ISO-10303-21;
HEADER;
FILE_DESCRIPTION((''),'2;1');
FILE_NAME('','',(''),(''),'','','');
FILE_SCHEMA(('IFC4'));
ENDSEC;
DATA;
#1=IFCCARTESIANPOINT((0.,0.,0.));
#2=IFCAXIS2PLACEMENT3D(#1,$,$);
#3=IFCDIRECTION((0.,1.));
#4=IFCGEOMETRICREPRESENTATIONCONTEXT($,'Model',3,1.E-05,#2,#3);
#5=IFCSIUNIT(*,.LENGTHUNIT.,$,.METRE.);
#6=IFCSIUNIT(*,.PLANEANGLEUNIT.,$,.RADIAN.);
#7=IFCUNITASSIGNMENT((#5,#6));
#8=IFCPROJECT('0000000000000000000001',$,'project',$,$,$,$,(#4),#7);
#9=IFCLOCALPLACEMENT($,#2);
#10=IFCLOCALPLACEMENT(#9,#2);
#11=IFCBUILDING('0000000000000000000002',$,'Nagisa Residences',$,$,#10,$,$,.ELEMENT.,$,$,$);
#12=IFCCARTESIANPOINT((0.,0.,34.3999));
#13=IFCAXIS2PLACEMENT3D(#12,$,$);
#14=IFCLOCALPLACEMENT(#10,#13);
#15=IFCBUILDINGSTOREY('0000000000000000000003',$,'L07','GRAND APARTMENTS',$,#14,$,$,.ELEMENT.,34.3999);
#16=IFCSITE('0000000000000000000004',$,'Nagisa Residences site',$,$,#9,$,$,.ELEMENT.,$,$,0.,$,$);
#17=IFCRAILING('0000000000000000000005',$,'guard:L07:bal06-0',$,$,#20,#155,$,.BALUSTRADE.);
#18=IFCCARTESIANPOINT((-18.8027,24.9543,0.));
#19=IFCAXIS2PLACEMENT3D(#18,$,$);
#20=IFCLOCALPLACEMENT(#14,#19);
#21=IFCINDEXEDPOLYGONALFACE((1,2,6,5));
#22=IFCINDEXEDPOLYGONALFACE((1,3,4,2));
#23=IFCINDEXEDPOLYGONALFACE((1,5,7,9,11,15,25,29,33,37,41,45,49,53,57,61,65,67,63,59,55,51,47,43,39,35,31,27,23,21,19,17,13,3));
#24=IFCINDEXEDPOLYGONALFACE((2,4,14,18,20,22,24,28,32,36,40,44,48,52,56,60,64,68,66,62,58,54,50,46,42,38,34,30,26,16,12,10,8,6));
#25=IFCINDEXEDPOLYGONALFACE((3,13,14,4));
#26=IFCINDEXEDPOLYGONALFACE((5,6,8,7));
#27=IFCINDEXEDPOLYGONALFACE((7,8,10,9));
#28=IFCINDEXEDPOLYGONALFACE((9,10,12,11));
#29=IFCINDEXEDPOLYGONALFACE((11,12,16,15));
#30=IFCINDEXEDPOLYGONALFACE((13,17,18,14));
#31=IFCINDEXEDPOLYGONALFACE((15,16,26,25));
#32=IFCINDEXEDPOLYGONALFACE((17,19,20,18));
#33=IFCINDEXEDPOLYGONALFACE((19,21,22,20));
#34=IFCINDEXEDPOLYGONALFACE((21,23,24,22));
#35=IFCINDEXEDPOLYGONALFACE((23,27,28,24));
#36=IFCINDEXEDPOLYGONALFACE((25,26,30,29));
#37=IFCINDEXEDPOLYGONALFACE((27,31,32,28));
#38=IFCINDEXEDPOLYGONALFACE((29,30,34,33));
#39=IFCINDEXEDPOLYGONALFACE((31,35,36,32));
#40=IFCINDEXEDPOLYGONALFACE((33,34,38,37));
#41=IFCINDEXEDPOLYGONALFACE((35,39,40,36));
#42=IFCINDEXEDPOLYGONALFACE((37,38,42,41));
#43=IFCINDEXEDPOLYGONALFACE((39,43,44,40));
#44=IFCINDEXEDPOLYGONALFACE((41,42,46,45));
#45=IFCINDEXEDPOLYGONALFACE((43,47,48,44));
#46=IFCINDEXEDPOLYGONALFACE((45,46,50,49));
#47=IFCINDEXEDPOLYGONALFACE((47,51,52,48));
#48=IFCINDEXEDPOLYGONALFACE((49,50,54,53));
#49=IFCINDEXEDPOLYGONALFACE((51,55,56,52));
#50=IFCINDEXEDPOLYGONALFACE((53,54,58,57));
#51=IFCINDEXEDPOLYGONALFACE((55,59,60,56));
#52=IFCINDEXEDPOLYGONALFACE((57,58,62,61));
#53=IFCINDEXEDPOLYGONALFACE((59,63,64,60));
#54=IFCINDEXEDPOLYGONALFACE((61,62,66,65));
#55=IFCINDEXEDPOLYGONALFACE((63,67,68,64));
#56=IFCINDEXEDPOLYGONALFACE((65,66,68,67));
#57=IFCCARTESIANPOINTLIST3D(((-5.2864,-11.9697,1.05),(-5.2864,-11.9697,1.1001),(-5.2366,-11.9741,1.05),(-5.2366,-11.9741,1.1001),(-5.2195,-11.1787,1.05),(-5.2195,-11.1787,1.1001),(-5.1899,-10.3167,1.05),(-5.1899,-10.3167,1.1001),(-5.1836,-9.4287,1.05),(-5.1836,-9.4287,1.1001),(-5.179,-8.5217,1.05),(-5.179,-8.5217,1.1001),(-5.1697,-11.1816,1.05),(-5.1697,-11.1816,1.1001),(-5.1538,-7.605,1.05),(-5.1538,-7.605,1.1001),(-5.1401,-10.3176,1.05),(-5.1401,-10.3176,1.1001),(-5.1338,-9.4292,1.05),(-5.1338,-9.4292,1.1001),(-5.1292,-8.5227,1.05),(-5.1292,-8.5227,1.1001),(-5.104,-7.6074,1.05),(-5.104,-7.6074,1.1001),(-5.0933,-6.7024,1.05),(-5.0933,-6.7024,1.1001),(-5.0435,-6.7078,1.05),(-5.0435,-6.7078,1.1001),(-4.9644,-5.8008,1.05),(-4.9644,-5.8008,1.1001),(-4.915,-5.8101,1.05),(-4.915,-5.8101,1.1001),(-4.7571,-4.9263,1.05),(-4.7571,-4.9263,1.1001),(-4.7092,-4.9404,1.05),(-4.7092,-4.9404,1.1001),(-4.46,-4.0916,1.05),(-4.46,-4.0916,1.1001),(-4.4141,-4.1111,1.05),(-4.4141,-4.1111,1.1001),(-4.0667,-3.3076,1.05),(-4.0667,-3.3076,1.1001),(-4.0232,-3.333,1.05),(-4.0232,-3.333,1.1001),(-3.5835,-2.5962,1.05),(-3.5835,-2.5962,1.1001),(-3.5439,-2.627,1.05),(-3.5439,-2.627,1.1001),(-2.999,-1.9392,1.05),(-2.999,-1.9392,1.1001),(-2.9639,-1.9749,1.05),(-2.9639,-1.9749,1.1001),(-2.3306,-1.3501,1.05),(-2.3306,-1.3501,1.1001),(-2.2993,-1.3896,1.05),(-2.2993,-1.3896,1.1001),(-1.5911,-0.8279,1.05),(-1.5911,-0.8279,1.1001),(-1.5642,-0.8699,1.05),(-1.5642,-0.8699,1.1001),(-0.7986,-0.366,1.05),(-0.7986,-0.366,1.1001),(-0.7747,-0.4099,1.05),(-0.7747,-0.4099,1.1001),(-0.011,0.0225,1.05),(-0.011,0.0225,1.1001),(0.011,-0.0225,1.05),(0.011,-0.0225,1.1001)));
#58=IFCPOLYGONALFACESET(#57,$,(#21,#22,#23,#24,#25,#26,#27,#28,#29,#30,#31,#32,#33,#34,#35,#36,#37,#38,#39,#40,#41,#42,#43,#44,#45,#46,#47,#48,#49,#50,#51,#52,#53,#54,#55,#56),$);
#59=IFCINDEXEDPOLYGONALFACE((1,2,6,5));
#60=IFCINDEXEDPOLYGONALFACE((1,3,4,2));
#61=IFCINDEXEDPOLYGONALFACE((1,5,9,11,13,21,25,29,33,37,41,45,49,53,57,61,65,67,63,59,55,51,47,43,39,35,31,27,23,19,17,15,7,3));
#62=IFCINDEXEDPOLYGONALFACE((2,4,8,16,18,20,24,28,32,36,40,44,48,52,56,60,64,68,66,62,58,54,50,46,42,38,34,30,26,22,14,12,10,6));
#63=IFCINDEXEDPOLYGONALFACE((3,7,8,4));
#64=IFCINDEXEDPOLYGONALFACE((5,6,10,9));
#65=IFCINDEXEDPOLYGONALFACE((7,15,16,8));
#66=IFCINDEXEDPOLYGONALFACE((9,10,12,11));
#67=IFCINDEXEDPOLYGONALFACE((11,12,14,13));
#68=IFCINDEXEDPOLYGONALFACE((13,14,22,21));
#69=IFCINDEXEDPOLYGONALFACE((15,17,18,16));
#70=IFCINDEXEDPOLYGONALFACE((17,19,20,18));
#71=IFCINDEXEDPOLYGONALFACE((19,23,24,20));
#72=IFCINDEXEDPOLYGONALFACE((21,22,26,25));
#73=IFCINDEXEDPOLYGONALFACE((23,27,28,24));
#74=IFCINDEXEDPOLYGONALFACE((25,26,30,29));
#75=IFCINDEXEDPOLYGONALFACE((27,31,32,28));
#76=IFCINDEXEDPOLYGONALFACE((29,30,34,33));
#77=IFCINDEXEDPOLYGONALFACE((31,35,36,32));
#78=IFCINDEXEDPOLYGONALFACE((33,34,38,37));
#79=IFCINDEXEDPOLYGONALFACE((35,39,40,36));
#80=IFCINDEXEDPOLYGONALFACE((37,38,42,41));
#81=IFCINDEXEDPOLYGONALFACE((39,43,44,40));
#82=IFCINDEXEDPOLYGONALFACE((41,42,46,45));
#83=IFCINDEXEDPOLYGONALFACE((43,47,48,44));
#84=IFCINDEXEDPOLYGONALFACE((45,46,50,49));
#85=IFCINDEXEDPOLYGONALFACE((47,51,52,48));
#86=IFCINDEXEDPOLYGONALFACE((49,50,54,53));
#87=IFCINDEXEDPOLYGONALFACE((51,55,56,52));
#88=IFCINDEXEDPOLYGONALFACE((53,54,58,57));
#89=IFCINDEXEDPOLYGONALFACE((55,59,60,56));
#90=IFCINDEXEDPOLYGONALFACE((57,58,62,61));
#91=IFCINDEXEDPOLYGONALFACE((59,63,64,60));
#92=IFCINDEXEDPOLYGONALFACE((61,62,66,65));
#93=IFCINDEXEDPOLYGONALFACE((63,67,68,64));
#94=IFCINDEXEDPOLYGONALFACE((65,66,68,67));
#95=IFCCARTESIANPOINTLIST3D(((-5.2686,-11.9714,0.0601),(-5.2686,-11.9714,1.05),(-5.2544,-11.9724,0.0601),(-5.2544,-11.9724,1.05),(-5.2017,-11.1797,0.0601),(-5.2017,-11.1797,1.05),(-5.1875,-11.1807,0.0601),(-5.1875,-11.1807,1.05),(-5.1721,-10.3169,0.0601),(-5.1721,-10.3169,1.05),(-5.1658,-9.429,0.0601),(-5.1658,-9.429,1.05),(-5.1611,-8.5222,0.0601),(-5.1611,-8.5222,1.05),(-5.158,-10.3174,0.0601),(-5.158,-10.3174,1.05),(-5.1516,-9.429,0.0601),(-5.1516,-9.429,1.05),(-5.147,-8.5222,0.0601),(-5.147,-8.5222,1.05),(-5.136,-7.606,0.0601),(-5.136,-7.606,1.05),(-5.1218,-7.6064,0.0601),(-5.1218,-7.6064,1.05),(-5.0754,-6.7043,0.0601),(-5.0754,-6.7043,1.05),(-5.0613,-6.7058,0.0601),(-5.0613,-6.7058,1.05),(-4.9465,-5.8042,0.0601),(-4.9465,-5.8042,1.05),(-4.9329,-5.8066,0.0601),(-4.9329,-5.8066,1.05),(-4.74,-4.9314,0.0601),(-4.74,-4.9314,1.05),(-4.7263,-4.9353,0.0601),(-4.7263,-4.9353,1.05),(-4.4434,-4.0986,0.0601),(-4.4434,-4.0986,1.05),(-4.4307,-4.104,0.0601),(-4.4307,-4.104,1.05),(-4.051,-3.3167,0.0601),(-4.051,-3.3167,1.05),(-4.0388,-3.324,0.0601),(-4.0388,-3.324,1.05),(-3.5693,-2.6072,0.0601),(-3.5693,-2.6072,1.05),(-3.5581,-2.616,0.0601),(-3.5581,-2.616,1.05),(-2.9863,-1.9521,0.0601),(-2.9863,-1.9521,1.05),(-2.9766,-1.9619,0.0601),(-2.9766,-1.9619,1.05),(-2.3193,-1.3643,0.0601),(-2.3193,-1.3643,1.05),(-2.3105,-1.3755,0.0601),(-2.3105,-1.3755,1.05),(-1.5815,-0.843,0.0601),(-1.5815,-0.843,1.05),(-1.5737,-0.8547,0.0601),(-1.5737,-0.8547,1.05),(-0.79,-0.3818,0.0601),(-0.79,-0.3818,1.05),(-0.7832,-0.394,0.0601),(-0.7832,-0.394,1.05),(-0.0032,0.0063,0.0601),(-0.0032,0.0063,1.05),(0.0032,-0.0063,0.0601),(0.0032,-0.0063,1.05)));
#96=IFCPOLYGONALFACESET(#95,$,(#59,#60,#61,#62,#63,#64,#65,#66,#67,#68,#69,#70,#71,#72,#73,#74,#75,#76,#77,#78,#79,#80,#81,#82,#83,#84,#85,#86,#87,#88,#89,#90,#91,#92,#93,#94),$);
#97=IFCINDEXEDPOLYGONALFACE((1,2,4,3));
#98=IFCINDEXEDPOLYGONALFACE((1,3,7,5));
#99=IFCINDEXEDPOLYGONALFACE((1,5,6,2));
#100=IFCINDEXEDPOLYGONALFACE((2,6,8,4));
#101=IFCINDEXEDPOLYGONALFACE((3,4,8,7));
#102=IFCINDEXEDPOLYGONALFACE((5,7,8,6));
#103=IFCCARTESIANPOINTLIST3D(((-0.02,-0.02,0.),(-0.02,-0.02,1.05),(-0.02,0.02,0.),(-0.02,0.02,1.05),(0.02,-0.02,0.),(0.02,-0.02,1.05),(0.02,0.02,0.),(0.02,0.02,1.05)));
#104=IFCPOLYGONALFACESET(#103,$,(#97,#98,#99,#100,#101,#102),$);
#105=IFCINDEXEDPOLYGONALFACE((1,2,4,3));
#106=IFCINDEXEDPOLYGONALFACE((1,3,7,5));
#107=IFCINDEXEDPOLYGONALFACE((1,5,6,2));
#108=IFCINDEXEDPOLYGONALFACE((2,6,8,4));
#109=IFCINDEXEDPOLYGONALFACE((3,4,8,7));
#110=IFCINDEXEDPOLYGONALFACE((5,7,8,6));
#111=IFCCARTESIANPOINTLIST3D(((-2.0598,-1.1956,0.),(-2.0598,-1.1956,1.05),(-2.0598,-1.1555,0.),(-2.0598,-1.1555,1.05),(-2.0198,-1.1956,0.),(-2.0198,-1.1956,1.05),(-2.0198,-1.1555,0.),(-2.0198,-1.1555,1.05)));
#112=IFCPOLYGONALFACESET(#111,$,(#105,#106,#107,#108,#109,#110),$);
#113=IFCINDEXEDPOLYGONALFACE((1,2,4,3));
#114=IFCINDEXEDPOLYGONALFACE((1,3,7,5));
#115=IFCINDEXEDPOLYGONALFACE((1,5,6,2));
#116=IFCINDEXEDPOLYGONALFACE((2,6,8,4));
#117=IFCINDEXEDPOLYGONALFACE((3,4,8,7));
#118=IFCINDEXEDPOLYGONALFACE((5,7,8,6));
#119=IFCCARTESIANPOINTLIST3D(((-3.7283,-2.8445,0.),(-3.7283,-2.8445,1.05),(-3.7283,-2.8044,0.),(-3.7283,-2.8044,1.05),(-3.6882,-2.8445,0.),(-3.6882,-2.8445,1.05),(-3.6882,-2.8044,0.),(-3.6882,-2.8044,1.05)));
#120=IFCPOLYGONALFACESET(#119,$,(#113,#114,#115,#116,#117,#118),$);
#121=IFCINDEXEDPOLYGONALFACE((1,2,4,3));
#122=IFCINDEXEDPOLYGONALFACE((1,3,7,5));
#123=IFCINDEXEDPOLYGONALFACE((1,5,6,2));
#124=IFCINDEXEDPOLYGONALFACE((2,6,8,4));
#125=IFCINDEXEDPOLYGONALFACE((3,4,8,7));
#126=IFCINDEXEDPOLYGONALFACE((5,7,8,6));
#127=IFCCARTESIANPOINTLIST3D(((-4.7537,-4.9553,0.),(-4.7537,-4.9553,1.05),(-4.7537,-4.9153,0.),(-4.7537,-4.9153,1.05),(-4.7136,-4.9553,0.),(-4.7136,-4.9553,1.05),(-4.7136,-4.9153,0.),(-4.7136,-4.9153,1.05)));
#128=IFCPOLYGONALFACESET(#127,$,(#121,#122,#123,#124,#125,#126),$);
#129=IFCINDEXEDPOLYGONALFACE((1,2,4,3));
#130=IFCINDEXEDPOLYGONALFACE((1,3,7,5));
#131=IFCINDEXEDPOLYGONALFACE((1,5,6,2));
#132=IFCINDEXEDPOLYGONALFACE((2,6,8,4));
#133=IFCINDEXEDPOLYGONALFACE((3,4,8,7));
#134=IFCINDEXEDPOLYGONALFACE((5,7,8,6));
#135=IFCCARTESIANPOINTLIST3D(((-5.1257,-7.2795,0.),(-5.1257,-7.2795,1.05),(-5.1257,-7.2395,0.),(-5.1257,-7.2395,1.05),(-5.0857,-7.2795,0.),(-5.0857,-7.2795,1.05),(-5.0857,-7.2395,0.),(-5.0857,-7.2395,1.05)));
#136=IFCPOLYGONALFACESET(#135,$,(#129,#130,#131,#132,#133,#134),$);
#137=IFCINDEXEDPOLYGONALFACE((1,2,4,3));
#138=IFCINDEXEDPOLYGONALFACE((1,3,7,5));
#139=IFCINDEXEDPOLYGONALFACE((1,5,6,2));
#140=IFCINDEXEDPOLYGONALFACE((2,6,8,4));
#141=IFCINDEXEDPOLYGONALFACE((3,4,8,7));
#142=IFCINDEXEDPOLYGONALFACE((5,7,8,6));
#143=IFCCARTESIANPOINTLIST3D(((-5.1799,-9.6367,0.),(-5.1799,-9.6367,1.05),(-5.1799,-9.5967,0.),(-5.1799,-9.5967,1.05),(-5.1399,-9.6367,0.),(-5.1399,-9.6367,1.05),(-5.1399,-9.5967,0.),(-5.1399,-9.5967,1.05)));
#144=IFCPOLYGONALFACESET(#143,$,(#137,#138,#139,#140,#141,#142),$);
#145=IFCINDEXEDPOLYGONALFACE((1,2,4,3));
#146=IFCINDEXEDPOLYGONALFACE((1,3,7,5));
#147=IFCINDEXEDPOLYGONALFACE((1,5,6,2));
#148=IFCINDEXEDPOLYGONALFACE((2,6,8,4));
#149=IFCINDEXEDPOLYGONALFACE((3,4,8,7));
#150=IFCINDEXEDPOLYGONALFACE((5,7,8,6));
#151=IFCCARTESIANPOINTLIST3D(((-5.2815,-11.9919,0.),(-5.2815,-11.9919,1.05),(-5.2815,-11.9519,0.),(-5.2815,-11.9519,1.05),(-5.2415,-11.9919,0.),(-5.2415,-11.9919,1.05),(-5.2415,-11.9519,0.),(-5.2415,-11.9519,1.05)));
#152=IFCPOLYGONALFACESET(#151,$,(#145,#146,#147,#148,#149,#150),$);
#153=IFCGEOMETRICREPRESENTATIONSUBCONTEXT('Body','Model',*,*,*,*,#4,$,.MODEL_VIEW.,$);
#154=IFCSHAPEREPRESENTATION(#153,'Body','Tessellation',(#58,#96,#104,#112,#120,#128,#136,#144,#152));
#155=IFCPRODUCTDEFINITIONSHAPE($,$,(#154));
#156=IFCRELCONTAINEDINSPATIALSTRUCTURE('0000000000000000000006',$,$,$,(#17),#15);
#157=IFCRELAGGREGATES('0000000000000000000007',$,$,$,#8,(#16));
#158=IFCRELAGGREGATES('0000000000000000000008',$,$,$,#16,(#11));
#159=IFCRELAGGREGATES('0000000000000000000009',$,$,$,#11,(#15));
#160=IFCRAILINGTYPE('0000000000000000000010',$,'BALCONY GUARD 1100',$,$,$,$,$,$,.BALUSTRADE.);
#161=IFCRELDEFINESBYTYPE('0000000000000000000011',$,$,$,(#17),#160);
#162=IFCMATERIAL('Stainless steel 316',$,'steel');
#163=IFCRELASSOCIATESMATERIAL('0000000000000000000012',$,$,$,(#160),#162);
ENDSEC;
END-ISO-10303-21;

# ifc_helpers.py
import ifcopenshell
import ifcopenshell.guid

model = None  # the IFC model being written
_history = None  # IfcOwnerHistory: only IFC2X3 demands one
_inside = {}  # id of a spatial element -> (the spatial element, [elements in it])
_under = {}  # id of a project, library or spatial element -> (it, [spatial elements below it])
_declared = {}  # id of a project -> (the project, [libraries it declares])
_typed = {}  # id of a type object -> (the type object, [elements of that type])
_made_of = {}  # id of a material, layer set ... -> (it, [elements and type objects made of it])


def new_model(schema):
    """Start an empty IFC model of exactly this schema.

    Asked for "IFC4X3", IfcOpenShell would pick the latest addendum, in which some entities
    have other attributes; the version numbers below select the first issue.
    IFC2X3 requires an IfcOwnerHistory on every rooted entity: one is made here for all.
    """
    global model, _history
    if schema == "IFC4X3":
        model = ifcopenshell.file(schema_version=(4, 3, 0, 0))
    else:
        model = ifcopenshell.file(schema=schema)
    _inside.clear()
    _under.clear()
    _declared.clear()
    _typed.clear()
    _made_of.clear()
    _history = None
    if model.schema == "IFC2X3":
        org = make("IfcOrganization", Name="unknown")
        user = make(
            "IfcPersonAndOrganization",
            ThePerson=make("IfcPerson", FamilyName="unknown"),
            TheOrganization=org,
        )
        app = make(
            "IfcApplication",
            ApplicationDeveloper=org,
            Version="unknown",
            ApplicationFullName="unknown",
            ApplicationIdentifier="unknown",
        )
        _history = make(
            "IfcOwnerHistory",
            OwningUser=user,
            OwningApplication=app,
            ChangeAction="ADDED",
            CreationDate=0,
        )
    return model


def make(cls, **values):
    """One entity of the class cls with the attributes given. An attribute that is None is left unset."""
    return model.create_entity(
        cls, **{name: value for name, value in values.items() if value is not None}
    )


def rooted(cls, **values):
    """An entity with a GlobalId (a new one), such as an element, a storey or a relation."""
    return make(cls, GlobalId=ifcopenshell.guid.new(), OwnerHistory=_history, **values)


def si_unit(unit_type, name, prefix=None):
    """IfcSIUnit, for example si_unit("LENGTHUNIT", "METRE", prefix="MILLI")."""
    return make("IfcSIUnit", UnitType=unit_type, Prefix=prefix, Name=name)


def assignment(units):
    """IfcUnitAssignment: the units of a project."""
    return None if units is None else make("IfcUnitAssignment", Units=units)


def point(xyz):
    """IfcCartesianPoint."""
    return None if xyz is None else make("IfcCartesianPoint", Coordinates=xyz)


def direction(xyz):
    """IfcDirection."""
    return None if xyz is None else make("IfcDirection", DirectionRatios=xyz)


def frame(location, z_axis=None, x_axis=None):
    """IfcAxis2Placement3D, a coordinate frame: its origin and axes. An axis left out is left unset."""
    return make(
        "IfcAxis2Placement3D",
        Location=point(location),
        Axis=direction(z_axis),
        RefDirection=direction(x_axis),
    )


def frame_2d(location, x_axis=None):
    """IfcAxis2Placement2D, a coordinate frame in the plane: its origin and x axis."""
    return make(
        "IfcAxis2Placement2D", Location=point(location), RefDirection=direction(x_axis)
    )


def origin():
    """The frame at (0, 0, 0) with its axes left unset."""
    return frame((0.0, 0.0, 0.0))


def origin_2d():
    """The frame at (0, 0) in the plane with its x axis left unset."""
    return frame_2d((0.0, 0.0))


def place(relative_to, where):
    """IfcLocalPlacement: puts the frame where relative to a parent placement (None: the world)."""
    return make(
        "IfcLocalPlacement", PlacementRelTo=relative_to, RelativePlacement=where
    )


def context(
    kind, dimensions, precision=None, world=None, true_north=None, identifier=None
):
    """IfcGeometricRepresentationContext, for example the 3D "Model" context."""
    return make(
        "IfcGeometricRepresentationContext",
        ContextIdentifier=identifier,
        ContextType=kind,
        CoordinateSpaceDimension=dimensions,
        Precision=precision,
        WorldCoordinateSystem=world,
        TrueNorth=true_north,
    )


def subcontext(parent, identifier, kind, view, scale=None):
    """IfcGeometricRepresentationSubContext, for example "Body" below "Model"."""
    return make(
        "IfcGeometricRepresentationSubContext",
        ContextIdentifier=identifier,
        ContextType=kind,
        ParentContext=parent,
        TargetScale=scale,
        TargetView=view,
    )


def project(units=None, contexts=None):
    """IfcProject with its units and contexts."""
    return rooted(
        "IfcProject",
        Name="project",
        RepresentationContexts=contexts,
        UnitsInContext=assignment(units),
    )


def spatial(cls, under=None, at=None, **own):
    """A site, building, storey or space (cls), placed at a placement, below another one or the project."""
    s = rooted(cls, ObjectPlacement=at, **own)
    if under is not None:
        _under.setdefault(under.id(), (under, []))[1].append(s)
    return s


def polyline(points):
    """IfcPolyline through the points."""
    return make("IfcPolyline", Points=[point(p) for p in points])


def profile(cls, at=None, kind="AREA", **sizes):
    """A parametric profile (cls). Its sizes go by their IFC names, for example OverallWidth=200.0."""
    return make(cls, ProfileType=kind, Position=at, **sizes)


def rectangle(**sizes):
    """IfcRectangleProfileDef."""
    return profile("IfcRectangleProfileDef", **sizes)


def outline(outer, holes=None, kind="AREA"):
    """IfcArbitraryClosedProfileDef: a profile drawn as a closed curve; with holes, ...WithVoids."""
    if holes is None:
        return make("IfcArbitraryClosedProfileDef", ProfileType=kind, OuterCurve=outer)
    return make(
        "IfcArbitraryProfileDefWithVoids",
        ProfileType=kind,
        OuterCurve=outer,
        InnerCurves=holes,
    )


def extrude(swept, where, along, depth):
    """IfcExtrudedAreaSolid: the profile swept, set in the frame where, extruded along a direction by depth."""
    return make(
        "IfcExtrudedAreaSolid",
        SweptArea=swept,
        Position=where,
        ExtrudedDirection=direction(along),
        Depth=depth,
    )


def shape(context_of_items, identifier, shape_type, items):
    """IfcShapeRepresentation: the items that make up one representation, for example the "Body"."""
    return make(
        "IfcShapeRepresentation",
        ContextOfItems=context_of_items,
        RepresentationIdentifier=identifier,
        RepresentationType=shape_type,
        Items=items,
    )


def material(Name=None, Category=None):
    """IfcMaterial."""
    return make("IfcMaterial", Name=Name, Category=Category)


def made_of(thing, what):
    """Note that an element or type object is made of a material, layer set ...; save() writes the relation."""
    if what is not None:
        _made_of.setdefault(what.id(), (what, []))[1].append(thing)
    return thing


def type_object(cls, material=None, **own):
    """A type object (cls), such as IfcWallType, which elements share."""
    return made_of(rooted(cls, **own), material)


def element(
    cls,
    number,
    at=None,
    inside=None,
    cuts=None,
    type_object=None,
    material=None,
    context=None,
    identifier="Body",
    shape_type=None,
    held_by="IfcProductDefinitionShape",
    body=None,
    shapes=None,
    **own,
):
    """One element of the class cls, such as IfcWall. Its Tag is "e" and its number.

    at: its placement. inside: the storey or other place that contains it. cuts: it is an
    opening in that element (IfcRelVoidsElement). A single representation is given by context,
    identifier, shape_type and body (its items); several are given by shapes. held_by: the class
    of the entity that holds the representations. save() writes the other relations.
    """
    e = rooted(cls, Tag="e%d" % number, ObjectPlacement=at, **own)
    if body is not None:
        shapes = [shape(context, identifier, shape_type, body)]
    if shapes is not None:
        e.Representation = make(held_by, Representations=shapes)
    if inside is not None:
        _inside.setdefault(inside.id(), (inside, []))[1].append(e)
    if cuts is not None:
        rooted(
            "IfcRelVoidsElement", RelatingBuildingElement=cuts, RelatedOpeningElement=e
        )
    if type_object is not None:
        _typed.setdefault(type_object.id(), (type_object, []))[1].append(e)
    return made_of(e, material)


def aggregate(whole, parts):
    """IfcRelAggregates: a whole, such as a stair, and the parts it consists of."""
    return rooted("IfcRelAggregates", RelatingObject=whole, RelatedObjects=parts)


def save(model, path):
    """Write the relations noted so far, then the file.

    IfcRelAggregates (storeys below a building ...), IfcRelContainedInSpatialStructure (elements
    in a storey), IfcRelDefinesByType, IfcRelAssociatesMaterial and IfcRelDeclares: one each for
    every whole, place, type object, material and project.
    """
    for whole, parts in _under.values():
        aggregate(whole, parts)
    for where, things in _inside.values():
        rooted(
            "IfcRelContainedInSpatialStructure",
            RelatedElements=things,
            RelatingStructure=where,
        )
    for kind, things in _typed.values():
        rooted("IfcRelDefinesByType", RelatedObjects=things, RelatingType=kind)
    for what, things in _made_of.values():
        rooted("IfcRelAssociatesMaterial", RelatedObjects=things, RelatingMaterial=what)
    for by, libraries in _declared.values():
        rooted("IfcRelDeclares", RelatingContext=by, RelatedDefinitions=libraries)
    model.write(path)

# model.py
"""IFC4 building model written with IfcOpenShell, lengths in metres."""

from ifc_helpers import new_model, si_unit, direction, frame, origin, origin_2d, place, context, subcontext, project, spatial, polyline, rectangle, outline, extrude, material, type_object, element, save


model = new_model("IFC4")

# Units and contexts
model_context = context("Model", 3, precision=1e-05, world=origin(), true_north=direction((0.0, 1.0)))
body_context = subcontext(model_context, "Body", "Model", "MODEL_VIEW")
ifc_project = project(units=[si_unit("LENGTHUNIT", "METRE"), si_unit("PLANEANGLEUNIT", "RADIAN")], contexts=[model_context])

# Site, building, storey
site_placement = place(None, origin())
site = spatial("IfcSite", under=ifc_project, at=site_placement, Name="Nagisa Residences site", CompositionType="ELEMENT", RefElevation=0.0)
building_placement = place(site_placement, origin())
building = spatial("IfcBuilding", under=site, at=building_placement, Name="Nagisa Residences", CompositionType="ELEMENT")
storey_placement = place(building_placement, frame((0.0, 0.0, 34.3999)))
storey = spatial("IfcBuildingStorey", under=building, at=storey_placement, Name="L07", Description="GRAND APARTMENTS", CompositionType="ELEMENT", Elevation=34.3999)

# Railing
ifc_material_1 = material(Name="Stainless steel 316", Category="steel")
railing_type = type_object("IfcRailingType", Name="BALCONY GUARD 1100", PredefinedType="BALUSTRADE", material=ifc_material_1)
railing_1_placement = place(storey_placement, frame((-18.8027, 24.9543, 0.0)))
element("IfcRailing", 1, at=railing_1_placement, inside=storey, type_object=railing_type, Name="guard:L07:bal06-0", PredefinedType="BALUSTRADE", context=body_context, shape_type="SweptSolid", body=[
    extrude(outline(polyline([(-0.7747, -0.4099), (0.011, -0.0225), (-0.011, 0.0225), (-0.7986, -0.366), (-1.5911, -0.8279), (-2.3306, -1.3501), (-2.999, -1.9392), (-3.5835, -2.5962), (-4.0667, -3.3076), (-4.46, -4.0916), (-4.7571, -4.9263), (-4.9644, -5.8008), (-5.0933, -6.7024), (-5.1538, -7.605), (-5.179, -8.5217), (-5.1836, -9.4287), (-5.1899, -10.3167), (-5.2195, -11.1787), (-5.2864, -11.9697), (-5.2366, -11.9741), (-5.1697, -11.1816), (-5.1401, -10.3176), (-5.1338, -9.4292), (-5.1292, -8.5227), (-5.104, -7.6074), (-5.0435, -6.7078), (-4.915, -5.8101), (-4.7092, -4.9404), (-4.4141, -4.1111), (-4.0232, -3.333), (-3.5439, -2.627), (-2.9639, -1.9749), (-2.2993, -1.3896), (-1.5642, -0.8699), (-0.7747, -0.4099)])), frame((0.0, 0.0, 1.05)), (0.0, 0.0, 1.0), 0.05),
    extrude(outline(polyline([(-0.7832, -0.394), (0.0032, -0.0063), (-0.0032, 0.0063), (-0.79, -0.3818), (-1.5815, -0.843), (-2.3193, -1.3643), (-2.9863, -1.9521), (-3.5693, -2.6072), (-4.051, -3.3167), (-4.4434, -4.0986), (-4.74, -4.9314), (-4.9465, -5.8042), (-5.0754, -6.7043), (-5.136, -7.606), (-5.1611, -8.5222), (-5.1658, -9.429), (-5.1721, -10.3169), (-5.2017, -11.1797), (-5.2686, -11.9714), (-5.2544, -11.9724), (-5.1875, -11.1807), (-5.158, -10.3174), (-5.1516, -9.429), (-5.147, -8.5222), (-5.1218, -7.6064), (-5.0613, -6.7058), (-4.9329, -5.8066), (-4.7263, -4.9353), (-4.4307, -4.104), (-4.0388, -3.324), (-3.5581, -2.616), (-2.9766, -1.9619), (-2.3105, -1.3755), (-1.5737, -0.8547), (-0.7832, -0.394)])), frame((0.0, 0.0, 0.0601)), (0.0, 0.0, 1.0), 0.99),
    extrude(rectangle(XDim=0.04, YDim=0.04, at=origin_2d()), origin(), (0.0, 0.0, 1.0), 1.05),
    extrude(rectangle(XDim=0.04, YDim=0.04, at=origin_2d()), frame((-2.0398, -1.1755, 0.0)), (0.0, 0.0, 1.0), 1.05),
    extrude(rectangle(XDim=0.04, YDim=0.04, at=origin_2d()), frame((-3.7083, -2.8245, 0.0)), (0.0, 0.0, 1.0), 1.05),
    extrude(rectangle(XDim=0.04, YDim=0.04, at=origin_2d()), frame((-4.7336, -4.9353, 0.0)), (0.0, 0.0, 1.0), 1.05),
    extrude(rectangle(XDim=0.04, YDim=0.04, at=origin_2d()), frame((-5.1057, -7.2595, 0.0)), (0.0, 0.0, 1.0), 1.05),
    extrude(rectangle(XDim=0.04, YDim=0.04, at=origin_2d()), frame((-5.1599, -9.6167, 0.0)), (0.0, 0.0, 1.0), 1.05),
    extrude(rectangle(XDim=0.04, YDim=0.04, at=origin_2d()), frame((-5.2615, -11.9719, 0.0)), (0.0, 0.0, 1.0), 1.05),
])

save(model, "model.ifc")
